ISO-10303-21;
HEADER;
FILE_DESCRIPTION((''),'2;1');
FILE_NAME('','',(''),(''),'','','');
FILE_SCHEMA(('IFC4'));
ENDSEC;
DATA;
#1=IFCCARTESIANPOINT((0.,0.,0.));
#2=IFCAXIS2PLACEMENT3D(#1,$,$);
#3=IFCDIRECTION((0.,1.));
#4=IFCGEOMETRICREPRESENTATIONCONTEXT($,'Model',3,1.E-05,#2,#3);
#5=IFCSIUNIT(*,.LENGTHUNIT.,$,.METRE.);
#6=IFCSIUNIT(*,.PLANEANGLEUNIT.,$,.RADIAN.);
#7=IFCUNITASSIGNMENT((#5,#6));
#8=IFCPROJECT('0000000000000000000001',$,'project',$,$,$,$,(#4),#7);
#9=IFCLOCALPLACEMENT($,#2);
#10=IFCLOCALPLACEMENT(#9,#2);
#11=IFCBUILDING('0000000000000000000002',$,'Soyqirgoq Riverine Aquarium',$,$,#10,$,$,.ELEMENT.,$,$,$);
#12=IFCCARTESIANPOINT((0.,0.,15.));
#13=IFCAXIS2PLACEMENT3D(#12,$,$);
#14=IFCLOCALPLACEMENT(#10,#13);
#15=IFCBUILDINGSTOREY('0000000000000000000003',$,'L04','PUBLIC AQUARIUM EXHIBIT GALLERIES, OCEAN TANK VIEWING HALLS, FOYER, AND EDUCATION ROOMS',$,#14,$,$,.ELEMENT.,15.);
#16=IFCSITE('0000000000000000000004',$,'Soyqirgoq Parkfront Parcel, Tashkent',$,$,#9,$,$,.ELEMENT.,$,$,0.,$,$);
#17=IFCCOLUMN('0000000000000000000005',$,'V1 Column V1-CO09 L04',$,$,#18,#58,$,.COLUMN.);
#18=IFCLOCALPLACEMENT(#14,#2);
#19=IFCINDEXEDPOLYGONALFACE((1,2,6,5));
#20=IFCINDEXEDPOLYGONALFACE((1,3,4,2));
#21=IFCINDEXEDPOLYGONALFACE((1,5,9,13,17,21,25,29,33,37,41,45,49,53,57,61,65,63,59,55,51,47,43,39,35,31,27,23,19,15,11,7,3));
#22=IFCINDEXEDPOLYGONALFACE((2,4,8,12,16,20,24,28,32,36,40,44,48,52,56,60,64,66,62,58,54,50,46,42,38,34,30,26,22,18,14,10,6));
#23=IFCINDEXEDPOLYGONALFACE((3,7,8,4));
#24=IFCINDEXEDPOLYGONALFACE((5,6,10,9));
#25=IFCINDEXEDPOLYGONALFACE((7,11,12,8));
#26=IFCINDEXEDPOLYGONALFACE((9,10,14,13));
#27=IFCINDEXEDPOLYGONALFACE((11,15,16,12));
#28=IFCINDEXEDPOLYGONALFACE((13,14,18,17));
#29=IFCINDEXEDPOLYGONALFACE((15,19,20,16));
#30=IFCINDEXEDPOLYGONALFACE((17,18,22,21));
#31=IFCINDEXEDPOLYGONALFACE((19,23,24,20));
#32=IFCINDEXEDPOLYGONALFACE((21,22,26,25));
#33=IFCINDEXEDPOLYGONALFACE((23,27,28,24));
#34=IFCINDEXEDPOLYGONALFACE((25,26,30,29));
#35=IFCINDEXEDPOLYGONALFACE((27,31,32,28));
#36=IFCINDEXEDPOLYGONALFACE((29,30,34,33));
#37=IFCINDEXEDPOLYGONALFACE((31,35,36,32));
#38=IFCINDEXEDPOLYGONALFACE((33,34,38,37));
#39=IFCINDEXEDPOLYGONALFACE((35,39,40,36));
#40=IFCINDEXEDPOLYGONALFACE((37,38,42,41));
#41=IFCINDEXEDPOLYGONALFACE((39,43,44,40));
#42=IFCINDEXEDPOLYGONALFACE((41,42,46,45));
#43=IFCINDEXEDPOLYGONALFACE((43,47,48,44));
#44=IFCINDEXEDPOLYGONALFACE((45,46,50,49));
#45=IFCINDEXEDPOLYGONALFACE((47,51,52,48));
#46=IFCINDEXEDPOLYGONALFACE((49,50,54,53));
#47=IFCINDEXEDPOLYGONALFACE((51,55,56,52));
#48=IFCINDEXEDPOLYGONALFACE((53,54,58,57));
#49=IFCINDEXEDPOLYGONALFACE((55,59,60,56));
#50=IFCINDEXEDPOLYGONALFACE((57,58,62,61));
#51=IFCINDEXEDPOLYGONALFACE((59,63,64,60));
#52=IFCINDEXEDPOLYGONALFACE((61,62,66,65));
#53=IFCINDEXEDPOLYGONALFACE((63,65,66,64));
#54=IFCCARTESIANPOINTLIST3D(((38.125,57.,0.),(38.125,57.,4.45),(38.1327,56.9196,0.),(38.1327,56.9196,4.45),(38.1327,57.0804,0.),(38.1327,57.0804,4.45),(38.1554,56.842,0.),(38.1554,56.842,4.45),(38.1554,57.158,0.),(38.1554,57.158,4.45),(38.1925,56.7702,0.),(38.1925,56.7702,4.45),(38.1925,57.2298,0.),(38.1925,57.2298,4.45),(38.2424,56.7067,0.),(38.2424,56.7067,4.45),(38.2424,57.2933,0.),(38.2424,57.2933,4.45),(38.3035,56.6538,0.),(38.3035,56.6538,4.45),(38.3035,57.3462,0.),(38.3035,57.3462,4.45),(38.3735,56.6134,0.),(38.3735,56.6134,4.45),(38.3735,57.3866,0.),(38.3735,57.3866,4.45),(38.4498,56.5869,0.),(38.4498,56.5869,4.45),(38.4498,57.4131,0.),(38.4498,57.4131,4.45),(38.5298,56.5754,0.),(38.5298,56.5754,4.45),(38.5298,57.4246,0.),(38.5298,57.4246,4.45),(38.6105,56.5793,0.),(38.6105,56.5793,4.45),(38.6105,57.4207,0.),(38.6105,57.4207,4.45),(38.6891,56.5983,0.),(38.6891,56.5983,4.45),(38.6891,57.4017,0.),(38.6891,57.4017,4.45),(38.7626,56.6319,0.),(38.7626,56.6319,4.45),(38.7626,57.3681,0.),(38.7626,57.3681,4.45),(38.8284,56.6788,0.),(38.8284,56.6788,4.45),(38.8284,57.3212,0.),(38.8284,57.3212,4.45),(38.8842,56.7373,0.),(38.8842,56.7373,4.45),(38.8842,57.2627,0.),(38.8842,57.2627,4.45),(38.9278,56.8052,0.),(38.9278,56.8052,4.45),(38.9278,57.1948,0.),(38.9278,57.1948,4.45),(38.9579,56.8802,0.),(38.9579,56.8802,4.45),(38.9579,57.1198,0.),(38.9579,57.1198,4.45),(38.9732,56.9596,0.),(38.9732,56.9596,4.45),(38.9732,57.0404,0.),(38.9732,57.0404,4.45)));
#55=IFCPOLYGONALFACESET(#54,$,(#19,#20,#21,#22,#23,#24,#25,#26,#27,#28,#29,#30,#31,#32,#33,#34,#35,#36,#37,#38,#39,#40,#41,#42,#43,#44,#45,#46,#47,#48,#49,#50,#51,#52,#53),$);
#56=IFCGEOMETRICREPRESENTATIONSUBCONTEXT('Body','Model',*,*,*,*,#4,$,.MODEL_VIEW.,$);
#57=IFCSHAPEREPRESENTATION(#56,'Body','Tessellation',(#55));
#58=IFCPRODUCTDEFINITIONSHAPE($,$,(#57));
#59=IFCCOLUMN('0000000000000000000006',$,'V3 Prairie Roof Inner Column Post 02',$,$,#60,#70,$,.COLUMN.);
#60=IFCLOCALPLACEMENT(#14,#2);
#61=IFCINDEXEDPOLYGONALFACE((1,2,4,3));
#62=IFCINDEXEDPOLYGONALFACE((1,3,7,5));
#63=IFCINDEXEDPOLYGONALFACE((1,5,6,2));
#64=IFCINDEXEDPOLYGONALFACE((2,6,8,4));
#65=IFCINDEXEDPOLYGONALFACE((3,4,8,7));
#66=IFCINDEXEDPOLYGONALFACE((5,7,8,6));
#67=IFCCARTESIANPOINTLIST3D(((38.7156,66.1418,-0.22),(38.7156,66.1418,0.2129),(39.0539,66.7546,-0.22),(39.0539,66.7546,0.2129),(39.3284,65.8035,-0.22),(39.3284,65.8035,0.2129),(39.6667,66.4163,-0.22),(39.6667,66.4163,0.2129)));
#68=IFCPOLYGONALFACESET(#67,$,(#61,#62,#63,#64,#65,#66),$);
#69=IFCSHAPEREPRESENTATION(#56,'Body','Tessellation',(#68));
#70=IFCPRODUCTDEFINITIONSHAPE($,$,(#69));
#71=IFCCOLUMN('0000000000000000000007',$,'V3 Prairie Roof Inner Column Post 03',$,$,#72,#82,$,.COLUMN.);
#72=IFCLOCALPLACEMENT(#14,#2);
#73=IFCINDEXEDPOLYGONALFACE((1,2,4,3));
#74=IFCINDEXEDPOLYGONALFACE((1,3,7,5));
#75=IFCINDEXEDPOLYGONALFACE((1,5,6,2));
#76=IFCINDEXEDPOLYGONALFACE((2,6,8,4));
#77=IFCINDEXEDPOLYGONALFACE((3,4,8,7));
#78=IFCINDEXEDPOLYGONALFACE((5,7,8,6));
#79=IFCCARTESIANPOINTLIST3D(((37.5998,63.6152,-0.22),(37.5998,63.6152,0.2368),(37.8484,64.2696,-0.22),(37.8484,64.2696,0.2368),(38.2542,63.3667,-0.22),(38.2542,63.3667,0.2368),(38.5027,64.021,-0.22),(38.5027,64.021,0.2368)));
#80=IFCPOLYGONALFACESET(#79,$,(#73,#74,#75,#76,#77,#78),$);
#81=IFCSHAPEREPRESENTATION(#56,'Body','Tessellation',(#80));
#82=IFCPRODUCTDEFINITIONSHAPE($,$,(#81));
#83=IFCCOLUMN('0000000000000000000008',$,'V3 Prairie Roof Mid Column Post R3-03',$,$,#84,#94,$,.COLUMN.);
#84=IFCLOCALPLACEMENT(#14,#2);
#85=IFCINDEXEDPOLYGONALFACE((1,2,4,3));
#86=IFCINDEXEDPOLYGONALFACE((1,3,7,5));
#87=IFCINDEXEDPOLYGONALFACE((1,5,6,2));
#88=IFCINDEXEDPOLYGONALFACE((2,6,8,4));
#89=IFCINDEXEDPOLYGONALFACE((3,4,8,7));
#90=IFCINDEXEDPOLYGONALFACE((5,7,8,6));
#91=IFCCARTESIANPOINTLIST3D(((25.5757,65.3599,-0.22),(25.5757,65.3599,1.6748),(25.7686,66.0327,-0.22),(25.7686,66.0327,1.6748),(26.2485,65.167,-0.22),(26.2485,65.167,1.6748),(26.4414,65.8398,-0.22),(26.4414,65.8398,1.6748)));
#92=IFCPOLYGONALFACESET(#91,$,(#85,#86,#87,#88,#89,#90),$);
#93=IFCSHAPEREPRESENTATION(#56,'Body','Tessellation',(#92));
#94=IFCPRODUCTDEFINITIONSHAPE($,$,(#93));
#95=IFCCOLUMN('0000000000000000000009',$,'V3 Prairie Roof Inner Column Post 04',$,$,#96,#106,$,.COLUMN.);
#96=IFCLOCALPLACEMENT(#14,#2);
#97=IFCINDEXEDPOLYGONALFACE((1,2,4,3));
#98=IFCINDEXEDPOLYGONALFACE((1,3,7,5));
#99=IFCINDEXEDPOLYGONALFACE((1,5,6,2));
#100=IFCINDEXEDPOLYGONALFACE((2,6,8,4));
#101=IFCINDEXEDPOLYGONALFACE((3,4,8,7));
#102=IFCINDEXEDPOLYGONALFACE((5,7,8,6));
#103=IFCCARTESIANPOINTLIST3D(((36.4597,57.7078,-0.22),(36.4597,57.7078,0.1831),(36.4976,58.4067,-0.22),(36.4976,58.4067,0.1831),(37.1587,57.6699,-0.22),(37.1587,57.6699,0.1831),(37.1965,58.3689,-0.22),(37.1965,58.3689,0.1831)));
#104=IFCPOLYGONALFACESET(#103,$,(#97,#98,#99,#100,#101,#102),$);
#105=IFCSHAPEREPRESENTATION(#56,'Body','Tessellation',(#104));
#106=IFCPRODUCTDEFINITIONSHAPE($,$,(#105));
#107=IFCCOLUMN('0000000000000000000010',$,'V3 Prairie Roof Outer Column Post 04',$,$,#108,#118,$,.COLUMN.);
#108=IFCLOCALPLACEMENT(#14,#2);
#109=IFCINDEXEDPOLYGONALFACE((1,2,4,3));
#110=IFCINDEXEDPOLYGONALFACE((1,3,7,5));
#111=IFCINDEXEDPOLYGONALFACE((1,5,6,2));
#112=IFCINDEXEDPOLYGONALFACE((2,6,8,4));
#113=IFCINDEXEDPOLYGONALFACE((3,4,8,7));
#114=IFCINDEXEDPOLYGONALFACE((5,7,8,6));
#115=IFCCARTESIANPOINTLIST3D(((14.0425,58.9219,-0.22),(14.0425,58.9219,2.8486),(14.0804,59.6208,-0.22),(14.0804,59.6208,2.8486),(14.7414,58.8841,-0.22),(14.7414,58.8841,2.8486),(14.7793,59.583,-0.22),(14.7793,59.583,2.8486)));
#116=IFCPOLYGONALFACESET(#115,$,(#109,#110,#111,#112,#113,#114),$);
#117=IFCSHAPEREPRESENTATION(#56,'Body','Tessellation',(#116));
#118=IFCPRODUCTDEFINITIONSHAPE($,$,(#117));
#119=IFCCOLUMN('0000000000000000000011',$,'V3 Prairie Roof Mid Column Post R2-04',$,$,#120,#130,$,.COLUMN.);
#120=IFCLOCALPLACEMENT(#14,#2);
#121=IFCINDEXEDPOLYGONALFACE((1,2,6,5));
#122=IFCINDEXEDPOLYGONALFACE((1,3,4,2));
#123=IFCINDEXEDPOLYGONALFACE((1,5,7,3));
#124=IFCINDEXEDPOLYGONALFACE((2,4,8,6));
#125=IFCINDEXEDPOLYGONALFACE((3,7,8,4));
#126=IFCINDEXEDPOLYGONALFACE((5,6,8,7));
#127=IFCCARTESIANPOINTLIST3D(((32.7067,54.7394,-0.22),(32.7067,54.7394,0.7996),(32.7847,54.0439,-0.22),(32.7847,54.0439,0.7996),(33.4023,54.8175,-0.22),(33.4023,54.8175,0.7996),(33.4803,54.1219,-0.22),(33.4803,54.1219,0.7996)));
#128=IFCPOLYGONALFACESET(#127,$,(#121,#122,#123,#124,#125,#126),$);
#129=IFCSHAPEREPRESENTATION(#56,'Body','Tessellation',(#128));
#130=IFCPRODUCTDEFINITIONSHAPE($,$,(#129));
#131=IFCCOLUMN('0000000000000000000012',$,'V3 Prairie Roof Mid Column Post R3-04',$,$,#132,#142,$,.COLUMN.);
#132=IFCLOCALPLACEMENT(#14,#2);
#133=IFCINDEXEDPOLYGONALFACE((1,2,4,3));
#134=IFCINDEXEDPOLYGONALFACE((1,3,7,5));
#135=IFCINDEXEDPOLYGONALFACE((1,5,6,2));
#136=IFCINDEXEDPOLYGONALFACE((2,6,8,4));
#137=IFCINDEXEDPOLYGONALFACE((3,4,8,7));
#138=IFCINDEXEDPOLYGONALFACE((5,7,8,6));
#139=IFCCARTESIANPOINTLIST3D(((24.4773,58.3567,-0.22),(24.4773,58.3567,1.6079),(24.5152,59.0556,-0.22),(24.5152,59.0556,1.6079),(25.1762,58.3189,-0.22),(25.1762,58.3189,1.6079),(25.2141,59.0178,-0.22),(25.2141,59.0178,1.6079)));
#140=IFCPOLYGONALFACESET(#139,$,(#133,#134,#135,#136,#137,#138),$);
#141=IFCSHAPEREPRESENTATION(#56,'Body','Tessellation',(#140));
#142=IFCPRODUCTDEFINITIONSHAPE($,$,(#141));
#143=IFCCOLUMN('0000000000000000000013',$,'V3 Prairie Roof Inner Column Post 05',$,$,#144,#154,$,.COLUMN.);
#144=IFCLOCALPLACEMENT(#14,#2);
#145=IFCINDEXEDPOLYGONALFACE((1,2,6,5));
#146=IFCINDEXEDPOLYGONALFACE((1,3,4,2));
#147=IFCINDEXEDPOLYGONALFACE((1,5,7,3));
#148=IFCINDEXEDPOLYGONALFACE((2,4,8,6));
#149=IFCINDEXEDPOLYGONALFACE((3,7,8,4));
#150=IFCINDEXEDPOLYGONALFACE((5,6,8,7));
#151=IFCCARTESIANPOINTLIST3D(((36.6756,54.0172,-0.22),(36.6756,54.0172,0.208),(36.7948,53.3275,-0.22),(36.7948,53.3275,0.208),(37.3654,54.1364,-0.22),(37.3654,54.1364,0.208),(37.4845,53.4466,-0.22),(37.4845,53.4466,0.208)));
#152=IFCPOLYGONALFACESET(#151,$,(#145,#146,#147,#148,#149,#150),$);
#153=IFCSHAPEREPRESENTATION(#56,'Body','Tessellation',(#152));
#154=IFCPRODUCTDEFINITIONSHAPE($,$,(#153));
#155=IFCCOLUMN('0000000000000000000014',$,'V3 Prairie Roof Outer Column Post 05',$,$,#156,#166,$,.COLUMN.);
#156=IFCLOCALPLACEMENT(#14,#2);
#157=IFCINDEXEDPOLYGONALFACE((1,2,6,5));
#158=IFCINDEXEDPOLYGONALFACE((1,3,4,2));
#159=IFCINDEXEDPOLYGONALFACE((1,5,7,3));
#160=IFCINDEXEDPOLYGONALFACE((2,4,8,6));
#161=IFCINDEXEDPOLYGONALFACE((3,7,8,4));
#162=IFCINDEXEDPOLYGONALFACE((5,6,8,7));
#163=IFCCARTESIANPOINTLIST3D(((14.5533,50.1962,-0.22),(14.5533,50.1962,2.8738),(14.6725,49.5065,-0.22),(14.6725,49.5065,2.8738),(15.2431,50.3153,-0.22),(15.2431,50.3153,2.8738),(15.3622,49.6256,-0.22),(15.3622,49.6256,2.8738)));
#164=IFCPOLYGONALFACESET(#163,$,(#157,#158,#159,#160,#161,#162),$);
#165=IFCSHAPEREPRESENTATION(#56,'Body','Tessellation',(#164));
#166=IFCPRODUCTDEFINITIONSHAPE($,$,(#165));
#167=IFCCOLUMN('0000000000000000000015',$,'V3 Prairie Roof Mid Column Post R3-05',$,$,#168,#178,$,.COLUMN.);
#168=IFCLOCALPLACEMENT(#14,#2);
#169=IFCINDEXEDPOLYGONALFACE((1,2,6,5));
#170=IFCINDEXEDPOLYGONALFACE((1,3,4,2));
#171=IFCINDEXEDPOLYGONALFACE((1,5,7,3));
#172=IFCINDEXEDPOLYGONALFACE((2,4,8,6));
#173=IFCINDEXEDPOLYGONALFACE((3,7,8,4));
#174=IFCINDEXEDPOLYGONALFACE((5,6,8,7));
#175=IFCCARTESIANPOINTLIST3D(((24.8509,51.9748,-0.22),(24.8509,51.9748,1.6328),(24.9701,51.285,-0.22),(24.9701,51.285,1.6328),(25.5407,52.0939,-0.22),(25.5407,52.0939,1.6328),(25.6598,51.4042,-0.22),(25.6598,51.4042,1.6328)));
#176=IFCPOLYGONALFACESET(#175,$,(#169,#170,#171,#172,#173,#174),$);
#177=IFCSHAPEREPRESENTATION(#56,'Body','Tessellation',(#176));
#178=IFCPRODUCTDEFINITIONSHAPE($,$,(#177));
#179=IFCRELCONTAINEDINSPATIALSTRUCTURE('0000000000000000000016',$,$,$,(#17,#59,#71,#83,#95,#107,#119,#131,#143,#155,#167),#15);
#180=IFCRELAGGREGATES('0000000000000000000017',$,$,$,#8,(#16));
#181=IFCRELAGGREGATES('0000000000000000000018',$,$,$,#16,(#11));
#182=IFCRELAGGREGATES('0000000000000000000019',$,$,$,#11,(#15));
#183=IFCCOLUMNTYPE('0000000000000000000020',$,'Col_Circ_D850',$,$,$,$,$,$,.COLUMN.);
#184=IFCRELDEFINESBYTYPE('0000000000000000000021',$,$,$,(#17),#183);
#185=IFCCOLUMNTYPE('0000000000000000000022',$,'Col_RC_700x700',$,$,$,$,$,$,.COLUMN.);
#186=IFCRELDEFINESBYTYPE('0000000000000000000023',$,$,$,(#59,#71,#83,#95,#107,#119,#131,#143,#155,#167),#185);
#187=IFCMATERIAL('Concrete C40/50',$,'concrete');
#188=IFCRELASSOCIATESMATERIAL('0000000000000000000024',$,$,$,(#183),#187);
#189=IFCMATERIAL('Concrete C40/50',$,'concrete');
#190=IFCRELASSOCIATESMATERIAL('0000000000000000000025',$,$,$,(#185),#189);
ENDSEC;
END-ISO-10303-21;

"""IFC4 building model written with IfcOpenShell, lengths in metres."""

from ifc_helpers import new_model, si_unit, direction, frame, origin, origin_2d, place, context, subcontext, project, spatial, rectangle, circle, extrude, material, material_profile, profile_set, type_object, element, save


model = new_model("IFC4")

# Units and contexts
model_context = context("Model", 3, precision=1e-05, world=origin(), true_north=direction((0.0, 1.0)))
body_context = subcontext(model_context, "Body", "Model", "MODEL_VIEW")
ifc_project = project(units=[si_unit("LENGTHUNIT", "METRE"), si_unit("PLANEANGLEUNIT", "RADIAN")], contexts=[model_context])

# Site, building, storey
site_placement = place(None, origin())
site = spatial("IfcSite", under=ifc_project, at=site_placement, Name="Soyqirgoq Parkfront Parcel, Tashkent", CompositionType="ELEMENT", RefElevation=0.0)
building_placement = place(site_placement, origin())
building = spatial("IfcBuilding", under=site, at=building_placement, Name="Soyqirgoq Riverine Aquarium", CompositionType="ELEMENT")
storey_placement = place(building_placement, frame((0.0, 0.0, 15.0)))
storey = spatial("IfcBuildingStorey", under=building, at=storey_placement, Name="L04", Description="PUBLIC AQUARIUM EXHIBIT GALLERIES, OCEAN TANK VIEWING HALLS, FOYER, AND EDUCATION ROOMS", CompositionType="ELEMENT", Elevation=15.0)

# Columns
ifc_material_1 = material(Name="Concrete C40/50", Category="concrete")
ifc_material_profile_1 = material_profile(ifc_material_1, circle(Radius=0.425, at=origin_2d()), Name="RC-COL D850")
ifc_profile_set_1 = profile_set([ifc_material_profile_1], Name="Concrete C40/50")
column_type_1 = type_object("IfcColumnType", Name="Col_Circ_D850", PredefinedType="COLUMN", material=ifc_profile_set_1)
column_1_placement = place(storey_placement, frame((38.55, 57.0, 0.0), z_axis=(0.0, 0.0, 1.0), x_axis=(-1.0, 0.0, 0.0)))
element("IfcColumn", 1, at=column_1_placement, inside=storey, type_object=column_type_1, Name="V1 Column V1-CO09 L04", PredefinedType="COLUMN", context=body_context, shape_type="SweptSolid", body=[
    extrude(circle(Radius=0.425, at=origin_2d()), origin(), (0.0, 0.0, 1.0), 4.45),
])
ifc_material_2 = material(Name="Concrete C40/50", Category="concrete")
ifc_material_profile_2 = material_profile(ifc_material_2, rectangle(XDim=0.7, YDim=0.7, at=origin_2d()), Name="RC 700x700")
ifc_profile_set_2 = profile_set([ifc_material_profile_2], Name="Concrete C40/50")
column_type_2 = type_object("IfcColumnType", Name="Col_RC_700x700", PredefinedType="COLUMN", material=ifc_profile_set_2)
column_2_placement = place(storey_placement, frame((39.1912, 66.2791, -0.22), z_axis=(0.0, 0.0, 1.0), x_axis=(-0.875465, 0.483282, 0.0)))
element("IfcColumn", 2, at=column_2_placement, inside=storey, type_object=column_type_2, Name="V3 Prairie Roof Inner Column Post 02", PredefinedType="COLUMN", context=body_context, shape_type="SweptSolid", body=[
    extrude(rectangle(XDim=0.7, YDim=0.7, at=origin_2d()), origin(), (0.0, 0.0, 1.0), 0.4329),
])
column_3_placement = place(storey_placement, frame((38.0513, 63.8181, -0.22), z_axis=(0.0, 0.0, 1.0), x_axis=(-0.934826, 0.355107, 0.0)))
element("IfcColumn", 3, at=column_3_placement, inside=storey, type_object=column_type_2, Name="V3 Prairie Roof Inner Column Post 03", PredefinedType="COLUMN", context=body_context, shape_type="SweptSolid", body=[
    extrude(rectangle(XDim=0.7, YDim=0.7, at=origin_2d()), origin(), (0.0, 0.0, 1.0), 0.4568),
])
column_4_placement = place(storey_placement, frame((26.0085, 65.5999, -0.22), z_axis=(0.0, 0.0, 1.0), x_axis=(-0.961262, 0.275637, 0.0)))
element("IfcColumn", 4, at=column_4_placement, inside=storey, type_object=column_type_2, Name="V3 Prairie Roof Mid Column Post R3-03", PredefinedType="COLUMN", context=body_context, shape_type="SweptSolid", body=[
    extrude(rectangle(XDim=0.7, YDim=0.7, at=origin_2d()), origin(), (0.0, 0.0, 1.0), 1.8948),
])
column_5_placement = place(storey_placement, frame((36.8281, 58.0383, -0.22), z_axis=(0.0, 0.0, 1.0), x_axis=(-0.998537, 0.054079, 0.0)))
element("IfcColumn", 5, at=column_5_placement, inside=storey, type_object=column_type_2, Name="V3 Prairie Roof Inner Column Post 04", PredefinedType="COLUMN", context=body_context, shape_type="SweptSolid", body=[
    extrude(rectangle(XDim=0.7, YDim=0.7, at=origin_2d()), origin(), (0.0, 0.0, 1.0), 0.4031),
])
column_6_placement = place(storey_placement, frame((14.4109, 59.2524, -0.22), z_axis=(0.0, 0.0, 1.0), x_axis=(-0.998537, 0.054079, 0.0)))
element("IfcColumn", 6, at=column_6_placement, inside=storey, type_object=column_type_2, Name="V3 Prairie Roof Outer Column Post 04", PredefinedType="COLUMN", context=body_context, shape_type="SweptSolid", body=[
    extrude(rectangle(XDim=0.7, YDim=0.7, at=origin_2d()), origin(), (0.0, 0.0, 1.0), 3.0686),
])
column_7_placement = place(storey_placement, frame((33.0935, 54.4307, -0.22), z_axis=(0.0, 0.0, 1.0), x_axis=(-0.993768, -0.111469, 0.0)))
element("IfcColumn", 7, at=column_7_placement, inside=storey, type_object=column_type_2, Name="V3 Prairie Roof Mid Column Post R2-04", PredefinedType="COLUMN", context=body_context, shape_type="SweptSolid", body=[
    extrude(rectangle(XDim=0.7, YDim=0.7, at=origin_2d()), origin(), (0.0, 0.0, 1.0), 1.0195),
])
column_8_placement = place(storey_placement, frame((24.8457, 58.6873, -0.22), z_axis=(0.0, 0.0, 1.0), x_axis=(-0.998537, 0.054079, 0.0)))
element("IfcColumn", 8, at=column_8_placement, inside=storey, type_object=column_type_2, Name="V3 Prairie Roof Mid Column Post R3-04", PredefinedType="COLUMN", context=body_context, shape_type="SweptSolid", body=[
    extrude(rectangle(XDim=0.7, YDim=0.7, at=origin_2d()), origin(), (0.0, 0.0, 1.0), 1.8279),
])
column_9_placement = place(storey_placement, frame((37.0801, 53.7319, -0.22), z_axis=(0.0, 0.0, 1.0), x_axis=(-0.985408, -0.170209, 0.0)))
element("IfcColumn", 9, at=column_9_placement, inside=storey, type_object=column_type_2, Name="V3 Prairie Roof Inner Column Post 05", PredefinedType="COLUMN", context=body_context, shape_type="SweptSolid", body=[
    extrude(rectangle(XDim=0.7, YDim=0.7, at=origin_2d()), origin(), (0.0, 0.0, 1.0), 0.428),
])
column_10_placement = place(storey_placement, frame((14.9578, 49.9109, -0.22), z_axis=(0.0, 0.0, 1.0), x_axis=(-0.985408, -0.170209, 0.0)))
element("IfcColumn", 10, at=column_10_placement, inside=storey, type_object=column_type_2, Name="V3 Prairie Roof Outer Column Post 05", PredefinedType="COLUMN", context=body_context, shape_type="SweptSolid", body=[
    extrude(rectangle(XDim=0.7, YDim=0.7, at=origin_2d()), origin(), (0.0, 0.0, 1.0), 3.0938),
])
column_11_placement = place(storey_placement, frame((25.2554, 51.6895, -0.22), z_axis=(0.0, 0.0, 1.0), x_axis=(-0.985408, -0.170209, 0.0)))
element("IfcColumn", 11, at=column_11_placement, inside=storey, type_object=column_type_2, Name="V3 Prairie Roof Mid Column Post R3-05", PredefinedType="COLUMN", context=body_context, shape_type="SweptSolid", body=[
    extrude(rectangle(XDim=0.7, YDim=0.7, at=origin_2d()), origin(), (0.0, 0.0, 1.0), 1.8528),
])

save(model, "model.ifc")
